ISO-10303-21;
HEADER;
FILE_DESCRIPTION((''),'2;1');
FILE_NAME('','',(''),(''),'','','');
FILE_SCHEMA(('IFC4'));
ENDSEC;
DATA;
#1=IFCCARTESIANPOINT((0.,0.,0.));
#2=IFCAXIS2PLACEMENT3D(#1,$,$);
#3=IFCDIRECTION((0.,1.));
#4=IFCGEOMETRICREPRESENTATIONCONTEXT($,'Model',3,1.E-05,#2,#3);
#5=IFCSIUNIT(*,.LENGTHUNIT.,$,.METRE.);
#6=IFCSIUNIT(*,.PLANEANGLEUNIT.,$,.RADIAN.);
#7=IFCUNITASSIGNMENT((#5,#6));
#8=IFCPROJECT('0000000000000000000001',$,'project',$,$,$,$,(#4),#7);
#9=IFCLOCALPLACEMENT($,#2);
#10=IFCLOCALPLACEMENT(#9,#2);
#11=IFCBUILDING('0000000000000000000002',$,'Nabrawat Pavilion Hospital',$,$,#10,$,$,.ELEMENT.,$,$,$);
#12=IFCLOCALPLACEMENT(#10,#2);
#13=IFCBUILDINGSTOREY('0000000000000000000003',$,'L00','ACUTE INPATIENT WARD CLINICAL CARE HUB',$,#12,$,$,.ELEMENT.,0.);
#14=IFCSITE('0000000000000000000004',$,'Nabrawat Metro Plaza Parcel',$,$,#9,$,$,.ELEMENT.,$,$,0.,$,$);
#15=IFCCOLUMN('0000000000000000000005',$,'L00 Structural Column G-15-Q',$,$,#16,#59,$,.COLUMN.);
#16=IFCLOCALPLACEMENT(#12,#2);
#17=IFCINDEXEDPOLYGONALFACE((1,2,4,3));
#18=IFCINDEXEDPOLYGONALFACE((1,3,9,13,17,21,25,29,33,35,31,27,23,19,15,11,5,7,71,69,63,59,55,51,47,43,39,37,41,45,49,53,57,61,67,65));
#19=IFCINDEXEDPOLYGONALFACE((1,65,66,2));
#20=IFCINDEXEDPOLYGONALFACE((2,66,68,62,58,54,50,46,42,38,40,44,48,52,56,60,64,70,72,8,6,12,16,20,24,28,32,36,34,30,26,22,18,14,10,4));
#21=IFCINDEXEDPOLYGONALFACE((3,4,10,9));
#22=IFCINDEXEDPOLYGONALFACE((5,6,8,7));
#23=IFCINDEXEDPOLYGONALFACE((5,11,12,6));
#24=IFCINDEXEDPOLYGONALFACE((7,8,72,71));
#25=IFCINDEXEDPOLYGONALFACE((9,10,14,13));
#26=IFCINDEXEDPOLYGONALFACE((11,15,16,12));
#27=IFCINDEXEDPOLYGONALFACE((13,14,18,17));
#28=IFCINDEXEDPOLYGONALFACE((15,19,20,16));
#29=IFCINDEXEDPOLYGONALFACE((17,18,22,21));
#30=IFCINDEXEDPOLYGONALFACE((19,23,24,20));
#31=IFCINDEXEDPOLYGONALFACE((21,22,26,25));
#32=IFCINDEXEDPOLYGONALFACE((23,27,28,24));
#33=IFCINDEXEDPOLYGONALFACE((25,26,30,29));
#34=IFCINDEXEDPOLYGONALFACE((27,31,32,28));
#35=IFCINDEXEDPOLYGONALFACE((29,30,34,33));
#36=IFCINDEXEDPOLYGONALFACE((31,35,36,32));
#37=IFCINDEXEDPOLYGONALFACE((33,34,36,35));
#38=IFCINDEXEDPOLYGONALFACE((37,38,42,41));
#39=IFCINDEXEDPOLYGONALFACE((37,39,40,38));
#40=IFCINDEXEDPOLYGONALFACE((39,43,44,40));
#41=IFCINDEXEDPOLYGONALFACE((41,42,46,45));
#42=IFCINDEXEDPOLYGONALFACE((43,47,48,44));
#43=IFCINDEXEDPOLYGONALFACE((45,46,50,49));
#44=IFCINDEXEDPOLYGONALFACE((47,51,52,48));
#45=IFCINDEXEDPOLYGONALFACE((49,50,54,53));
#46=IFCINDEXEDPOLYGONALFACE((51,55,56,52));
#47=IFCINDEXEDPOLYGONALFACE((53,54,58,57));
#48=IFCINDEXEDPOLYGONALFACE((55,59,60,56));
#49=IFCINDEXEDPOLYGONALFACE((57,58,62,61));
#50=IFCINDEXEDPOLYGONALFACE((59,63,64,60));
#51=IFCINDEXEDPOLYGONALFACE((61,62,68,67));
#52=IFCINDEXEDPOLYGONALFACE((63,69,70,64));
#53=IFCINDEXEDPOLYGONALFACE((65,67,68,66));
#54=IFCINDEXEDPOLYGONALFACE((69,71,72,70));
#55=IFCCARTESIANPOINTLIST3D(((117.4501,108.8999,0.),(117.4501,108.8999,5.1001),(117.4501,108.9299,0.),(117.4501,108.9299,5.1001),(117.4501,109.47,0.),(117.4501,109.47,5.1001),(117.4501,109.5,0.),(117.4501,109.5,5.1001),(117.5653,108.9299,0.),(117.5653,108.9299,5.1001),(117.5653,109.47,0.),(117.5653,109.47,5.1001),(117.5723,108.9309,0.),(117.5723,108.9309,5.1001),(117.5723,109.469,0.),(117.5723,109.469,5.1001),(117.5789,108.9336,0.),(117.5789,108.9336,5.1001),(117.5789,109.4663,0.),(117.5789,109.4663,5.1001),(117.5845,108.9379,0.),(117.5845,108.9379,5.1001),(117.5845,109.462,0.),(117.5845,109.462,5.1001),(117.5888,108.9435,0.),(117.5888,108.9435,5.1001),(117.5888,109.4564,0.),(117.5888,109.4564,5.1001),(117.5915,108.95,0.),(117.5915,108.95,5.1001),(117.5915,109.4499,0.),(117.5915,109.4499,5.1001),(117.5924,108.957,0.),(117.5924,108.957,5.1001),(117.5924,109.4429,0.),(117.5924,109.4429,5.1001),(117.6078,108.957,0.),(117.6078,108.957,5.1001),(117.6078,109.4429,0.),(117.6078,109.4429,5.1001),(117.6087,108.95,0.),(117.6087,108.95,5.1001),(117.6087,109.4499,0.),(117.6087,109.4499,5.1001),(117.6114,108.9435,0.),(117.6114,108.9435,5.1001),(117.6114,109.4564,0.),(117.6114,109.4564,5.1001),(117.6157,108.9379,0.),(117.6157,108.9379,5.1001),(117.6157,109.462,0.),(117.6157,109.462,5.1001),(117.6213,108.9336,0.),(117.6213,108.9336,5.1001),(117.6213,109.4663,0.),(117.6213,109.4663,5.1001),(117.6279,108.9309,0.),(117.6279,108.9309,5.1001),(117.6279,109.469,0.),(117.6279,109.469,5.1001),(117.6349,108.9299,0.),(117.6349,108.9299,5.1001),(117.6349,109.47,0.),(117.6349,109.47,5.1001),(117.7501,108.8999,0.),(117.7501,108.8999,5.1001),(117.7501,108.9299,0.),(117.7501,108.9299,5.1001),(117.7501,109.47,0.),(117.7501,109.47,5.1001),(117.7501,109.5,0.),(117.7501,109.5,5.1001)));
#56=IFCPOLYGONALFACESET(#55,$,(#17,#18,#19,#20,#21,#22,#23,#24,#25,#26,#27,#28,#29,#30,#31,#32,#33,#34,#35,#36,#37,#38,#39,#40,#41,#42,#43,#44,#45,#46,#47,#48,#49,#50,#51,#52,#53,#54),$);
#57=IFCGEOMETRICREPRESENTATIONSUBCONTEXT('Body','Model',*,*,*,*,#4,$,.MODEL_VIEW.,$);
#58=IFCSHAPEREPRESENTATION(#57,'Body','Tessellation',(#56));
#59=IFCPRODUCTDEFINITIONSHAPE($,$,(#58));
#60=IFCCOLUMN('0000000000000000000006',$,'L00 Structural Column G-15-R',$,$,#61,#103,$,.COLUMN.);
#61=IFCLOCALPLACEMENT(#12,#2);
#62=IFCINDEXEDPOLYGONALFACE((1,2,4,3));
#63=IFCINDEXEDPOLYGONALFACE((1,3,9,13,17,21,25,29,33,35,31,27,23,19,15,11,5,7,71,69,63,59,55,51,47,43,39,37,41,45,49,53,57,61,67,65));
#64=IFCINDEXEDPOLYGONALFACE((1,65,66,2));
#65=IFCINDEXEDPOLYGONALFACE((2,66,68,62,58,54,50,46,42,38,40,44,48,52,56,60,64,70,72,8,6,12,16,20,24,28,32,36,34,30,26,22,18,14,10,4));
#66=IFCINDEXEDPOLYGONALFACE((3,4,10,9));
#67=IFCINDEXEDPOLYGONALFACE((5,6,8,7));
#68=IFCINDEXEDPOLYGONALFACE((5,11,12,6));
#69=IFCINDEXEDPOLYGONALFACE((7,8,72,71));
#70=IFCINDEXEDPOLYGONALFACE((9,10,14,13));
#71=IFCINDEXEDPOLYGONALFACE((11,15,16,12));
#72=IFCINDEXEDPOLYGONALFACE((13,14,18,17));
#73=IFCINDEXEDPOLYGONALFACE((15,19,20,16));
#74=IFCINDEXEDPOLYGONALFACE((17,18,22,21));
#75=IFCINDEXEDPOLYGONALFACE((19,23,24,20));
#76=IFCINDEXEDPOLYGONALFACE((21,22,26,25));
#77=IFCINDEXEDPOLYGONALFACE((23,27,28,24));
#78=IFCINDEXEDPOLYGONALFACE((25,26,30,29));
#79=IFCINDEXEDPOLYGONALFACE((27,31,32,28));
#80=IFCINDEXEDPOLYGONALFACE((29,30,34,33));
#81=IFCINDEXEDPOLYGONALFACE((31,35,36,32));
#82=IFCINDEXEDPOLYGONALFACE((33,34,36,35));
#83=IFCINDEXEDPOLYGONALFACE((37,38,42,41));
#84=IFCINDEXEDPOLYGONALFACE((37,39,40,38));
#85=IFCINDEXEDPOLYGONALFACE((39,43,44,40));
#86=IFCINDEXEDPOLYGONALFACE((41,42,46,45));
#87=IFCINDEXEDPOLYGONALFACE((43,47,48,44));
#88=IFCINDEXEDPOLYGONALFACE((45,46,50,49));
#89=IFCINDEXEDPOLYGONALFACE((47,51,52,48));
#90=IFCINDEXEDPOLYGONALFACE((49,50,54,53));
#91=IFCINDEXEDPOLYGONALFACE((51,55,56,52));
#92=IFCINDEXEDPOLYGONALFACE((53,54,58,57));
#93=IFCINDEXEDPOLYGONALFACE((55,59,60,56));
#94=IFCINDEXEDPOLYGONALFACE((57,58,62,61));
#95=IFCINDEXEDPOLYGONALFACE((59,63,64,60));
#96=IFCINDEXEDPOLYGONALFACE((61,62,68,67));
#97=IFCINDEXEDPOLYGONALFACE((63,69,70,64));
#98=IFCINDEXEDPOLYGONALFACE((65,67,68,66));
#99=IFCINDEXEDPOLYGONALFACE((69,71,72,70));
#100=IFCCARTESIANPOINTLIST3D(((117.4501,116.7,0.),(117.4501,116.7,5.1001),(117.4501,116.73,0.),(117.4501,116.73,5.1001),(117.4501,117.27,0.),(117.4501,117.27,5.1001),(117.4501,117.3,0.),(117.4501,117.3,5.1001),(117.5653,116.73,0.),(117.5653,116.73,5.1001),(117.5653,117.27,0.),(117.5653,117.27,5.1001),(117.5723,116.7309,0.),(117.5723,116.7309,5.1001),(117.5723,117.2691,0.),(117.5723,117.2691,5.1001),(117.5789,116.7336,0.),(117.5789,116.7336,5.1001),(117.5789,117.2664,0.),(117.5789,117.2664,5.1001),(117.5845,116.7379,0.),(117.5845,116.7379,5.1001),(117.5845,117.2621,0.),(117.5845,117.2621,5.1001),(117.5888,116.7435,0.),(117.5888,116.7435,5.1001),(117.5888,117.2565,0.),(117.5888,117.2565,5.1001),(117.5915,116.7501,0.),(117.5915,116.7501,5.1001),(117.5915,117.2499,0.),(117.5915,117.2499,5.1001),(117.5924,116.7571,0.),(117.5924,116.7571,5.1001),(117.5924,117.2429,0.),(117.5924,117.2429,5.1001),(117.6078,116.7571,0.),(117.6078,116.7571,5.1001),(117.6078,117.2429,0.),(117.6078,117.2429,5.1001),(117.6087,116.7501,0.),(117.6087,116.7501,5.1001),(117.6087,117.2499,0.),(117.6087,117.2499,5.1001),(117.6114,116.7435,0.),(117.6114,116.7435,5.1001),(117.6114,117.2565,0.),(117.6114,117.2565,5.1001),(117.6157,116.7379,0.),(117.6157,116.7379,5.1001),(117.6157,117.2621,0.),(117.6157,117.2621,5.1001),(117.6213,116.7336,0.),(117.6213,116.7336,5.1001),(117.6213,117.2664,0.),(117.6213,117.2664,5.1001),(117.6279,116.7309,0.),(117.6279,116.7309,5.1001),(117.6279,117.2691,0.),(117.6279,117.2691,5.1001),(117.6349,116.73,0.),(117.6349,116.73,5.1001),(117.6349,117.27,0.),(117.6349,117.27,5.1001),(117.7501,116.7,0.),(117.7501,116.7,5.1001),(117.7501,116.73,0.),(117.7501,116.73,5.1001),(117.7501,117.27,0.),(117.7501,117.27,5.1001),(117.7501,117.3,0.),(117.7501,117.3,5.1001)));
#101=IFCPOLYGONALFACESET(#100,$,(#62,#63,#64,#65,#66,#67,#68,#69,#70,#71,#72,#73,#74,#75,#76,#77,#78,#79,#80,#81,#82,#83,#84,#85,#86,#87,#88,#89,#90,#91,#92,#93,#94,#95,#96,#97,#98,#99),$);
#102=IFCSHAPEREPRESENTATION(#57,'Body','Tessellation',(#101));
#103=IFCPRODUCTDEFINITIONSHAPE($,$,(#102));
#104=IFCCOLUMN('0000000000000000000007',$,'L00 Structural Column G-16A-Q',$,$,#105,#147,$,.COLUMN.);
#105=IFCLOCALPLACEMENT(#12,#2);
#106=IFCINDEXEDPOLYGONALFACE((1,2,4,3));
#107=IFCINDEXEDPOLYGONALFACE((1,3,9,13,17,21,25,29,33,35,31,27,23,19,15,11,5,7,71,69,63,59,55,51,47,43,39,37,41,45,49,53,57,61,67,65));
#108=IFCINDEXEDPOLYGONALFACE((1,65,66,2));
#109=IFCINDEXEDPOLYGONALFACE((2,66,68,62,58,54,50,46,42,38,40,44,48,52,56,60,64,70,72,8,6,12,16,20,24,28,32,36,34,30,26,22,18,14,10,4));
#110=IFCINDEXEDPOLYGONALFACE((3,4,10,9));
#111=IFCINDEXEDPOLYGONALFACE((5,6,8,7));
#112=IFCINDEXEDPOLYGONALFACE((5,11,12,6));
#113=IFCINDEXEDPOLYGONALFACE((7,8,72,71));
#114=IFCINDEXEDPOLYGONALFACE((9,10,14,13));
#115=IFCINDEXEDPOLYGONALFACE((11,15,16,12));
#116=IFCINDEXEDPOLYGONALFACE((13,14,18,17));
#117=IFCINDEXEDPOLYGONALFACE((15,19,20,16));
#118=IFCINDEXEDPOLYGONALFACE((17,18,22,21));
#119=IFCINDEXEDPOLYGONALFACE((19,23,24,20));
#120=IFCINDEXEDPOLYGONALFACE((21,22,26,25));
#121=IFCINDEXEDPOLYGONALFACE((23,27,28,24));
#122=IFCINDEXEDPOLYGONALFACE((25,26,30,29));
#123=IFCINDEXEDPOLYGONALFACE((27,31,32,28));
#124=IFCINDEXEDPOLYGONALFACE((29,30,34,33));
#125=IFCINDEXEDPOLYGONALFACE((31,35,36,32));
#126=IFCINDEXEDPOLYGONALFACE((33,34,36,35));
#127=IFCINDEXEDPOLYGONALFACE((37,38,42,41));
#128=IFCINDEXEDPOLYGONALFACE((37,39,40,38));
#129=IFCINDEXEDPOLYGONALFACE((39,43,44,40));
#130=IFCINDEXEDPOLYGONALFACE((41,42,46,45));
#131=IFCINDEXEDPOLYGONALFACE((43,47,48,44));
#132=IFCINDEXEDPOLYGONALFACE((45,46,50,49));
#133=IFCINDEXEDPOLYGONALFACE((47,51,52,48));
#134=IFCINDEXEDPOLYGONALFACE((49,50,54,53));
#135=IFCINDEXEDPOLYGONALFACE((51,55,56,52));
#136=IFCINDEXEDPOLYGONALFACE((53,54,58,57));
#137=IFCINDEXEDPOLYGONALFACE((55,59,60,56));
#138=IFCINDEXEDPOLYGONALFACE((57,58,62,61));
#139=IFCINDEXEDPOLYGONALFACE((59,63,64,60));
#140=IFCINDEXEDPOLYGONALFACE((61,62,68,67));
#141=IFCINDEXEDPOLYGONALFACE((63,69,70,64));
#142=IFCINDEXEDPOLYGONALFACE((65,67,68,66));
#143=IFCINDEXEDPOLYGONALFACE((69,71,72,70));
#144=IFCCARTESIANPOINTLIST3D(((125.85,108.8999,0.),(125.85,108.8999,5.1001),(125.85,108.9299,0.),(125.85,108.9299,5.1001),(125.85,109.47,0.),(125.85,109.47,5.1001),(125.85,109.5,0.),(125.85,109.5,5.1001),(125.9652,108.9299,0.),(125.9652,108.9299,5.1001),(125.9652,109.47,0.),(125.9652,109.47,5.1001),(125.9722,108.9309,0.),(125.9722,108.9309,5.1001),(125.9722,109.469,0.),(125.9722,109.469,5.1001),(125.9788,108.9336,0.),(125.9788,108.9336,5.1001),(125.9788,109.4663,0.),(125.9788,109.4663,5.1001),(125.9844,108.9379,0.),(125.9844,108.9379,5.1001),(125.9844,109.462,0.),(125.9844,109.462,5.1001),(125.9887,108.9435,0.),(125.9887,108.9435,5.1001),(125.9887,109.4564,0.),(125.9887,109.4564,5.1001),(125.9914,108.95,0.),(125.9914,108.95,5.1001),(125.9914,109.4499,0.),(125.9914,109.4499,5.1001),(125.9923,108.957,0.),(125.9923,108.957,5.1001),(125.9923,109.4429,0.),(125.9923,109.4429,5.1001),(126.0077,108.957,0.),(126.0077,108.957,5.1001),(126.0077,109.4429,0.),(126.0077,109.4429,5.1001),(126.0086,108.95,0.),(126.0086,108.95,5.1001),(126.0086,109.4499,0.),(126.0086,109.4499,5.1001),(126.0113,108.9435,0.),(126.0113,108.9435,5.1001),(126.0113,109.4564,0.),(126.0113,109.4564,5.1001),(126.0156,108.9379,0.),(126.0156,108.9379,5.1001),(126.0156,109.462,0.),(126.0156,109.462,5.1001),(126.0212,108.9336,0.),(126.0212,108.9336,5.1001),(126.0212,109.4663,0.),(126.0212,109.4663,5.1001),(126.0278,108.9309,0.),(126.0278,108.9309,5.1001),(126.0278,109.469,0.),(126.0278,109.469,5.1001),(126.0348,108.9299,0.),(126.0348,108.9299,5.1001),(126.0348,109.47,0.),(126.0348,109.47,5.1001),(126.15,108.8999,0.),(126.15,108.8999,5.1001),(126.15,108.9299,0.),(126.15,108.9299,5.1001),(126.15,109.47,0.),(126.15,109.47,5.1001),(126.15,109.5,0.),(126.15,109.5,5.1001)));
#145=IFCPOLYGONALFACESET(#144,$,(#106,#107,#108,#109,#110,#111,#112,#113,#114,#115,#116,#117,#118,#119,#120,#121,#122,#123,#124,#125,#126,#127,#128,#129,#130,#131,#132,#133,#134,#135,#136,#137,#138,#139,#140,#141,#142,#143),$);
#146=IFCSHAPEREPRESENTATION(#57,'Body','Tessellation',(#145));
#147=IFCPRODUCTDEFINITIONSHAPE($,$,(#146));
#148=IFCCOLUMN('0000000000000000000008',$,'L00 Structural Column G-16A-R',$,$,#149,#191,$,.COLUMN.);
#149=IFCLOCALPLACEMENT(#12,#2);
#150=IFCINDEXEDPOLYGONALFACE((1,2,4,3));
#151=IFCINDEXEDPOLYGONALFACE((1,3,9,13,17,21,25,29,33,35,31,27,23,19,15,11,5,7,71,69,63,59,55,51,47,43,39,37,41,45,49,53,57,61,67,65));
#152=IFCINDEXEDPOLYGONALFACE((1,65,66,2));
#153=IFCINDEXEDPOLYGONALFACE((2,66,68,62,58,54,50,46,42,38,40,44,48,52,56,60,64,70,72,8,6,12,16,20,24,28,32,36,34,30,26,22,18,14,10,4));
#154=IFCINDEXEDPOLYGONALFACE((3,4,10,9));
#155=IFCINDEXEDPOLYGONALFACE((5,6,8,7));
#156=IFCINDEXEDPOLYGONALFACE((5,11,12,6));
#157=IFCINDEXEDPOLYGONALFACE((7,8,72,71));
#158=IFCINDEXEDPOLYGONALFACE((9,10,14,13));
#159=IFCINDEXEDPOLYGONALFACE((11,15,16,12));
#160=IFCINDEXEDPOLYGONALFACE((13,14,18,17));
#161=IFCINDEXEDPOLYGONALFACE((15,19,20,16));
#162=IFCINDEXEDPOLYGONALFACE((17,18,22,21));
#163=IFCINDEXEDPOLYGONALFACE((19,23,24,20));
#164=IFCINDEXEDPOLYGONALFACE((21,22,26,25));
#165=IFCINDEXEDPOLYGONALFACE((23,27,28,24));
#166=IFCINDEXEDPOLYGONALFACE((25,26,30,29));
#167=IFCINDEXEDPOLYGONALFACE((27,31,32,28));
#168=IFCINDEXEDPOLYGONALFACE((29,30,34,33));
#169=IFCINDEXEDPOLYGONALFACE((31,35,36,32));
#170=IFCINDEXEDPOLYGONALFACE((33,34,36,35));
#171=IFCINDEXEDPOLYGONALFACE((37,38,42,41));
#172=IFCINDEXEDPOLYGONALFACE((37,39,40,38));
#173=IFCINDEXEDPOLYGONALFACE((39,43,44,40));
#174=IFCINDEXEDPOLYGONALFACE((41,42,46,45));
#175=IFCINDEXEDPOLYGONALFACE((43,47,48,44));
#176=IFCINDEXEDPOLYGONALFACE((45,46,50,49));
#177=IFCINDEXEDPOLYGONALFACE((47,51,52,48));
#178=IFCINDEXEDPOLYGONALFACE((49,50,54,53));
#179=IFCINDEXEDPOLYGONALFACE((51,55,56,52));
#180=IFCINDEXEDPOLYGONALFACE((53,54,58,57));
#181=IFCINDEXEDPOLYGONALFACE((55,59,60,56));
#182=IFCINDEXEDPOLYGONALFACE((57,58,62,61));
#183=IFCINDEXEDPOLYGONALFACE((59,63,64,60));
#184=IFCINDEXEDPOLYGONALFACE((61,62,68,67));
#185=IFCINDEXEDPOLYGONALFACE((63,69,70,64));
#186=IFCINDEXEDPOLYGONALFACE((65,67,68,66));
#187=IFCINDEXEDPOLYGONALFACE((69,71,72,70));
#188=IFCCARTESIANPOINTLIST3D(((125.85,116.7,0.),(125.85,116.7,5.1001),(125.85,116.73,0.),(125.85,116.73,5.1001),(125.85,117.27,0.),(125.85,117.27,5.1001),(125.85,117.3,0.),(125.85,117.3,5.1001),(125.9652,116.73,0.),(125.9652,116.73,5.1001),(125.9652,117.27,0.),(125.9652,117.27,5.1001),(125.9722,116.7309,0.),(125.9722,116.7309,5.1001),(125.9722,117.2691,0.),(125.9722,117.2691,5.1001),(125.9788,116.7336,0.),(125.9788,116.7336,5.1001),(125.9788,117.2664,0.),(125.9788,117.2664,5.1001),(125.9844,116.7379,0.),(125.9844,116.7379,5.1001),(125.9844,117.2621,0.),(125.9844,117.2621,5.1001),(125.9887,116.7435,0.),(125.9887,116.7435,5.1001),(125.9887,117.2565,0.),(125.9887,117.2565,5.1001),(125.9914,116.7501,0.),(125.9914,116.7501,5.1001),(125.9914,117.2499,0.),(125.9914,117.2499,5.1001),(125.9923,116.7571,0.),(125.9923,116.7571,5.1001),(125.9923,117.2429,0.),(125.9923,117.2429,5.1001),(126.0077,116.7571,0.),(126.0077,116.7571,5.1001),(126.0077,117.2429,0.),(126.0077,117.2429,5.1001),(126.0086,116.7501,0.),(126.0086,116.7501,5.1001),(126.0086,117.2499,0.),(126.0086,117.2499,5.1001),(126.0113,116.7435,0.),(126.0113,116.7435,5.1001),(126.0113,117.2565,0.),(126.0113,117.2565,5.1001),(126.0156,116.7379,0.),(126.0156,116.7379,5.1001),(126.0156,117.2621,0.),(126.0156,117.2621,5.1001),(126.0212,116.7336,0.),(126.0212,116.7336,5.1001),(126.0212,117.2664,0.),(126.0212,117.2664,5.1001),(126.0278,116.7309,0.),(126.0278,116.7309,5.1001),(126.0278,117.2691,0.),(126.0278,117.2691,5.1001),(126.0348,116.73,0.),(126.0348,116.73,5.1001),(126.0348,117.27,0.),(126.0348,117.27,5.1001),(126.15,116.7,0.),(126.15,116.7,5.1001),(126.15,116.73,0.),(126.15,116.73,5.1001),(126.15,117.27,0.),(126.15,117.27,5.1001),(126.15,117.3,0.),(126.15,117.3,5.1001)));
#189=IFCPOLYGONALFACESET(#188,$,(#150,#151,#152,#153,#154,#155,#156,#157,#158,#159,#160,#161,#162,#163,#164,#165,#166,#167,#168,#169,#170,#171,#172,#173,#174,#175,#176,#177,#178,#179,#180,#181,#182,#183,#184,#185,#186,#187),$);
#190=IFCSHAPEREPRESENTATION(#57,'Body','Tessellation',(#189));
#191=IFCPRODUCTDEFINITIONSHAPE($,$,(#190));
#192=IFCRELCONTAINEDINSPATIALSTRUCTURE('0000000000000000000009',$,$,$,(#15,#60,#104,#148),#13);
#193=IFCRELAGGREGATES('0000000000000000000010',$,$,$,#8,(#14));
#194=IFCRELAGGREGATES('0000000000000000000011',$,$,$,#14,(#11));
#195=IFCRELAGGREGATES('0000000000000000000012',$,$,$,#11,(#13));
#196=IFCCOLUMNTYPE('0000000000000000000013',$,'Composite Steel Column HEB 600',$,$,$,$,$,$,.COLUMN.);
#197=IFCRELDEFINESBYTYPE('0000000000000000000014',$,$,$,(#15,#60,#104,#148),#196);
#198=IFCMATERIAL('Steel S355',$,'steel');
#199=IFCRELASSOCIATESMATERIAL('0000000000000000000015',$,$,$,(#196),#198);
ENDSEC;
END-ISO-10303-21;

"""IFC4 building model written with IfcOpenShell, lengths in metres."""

from ifc_helpers import new_model, si_unit, direction, frame, origin, origin_2d, place, context, subcontext, project, spatial, i_section, extrude, material, material_profile, profile_set, type_object, element, save


model = new_model("IFC4")

# Units and contexts
model_context = context("Model", 3, precision=1e-05, world=origin(), true_north=direction((0.0, 1.0)))
body_context = subcontext(model_context, "Body", "Model", "MODEL_VIEW")
ifc_project = project(units=[si_unit("LENGTHUNIT", "METRE"), si_unit("PLANEANGLEUNIT", "RADIAN")], contexts=[model_context])

# Site, building, storey
site_placement = place(None, origin())
site = spatial("IfcSite", under=ifc_project, at=site_placement, Name="Nabrawat Metro Plaza Parcel", CompositionType="ELEMENT", RefElevation=0.0)
building_placement = place(site_placement, origin())
building = spatial("IfcBuilding", under=site, at=building_placement, Name="Nabrawat Pavilion Hospital", CompositionType="ELEMENT")
storey_placement = place(building_placement, origin())
storey = spatial("IfcBuildingStorey", under=building, at=storey_placement, Name="L00", Description="ACUTE INPATIENT WARD CLINICAL CARE HUB", CompositionType="ELEMENT", Elevation=0.0)

# Columns
ifc_material_1 = material(Name="Steel S355", Category="steel")
ifc_material_profile_1 = material_profile(ifc_material_1, i_section(OverallWidth=0.3, OverallDepth=0.6001, WebThickness=0.0154, FlangeThickness=0.03, FilletRadius=0.0271, at=origin_2d()), Name="HEB 600")
ifc_profile_set_1 = profile_set([ifc_material_profile_1], Name="Steel S355")
column_type_1 = type_object("IfcColumnType", Name="Composite Steel Column HEB 600", PredefinedType="COLUMN", material=ifc_profile_set_1)
for number, where, z_axis, x_axis, name in (
    (1, (117.6001, 109.2, 0.0), (0.0, 0.0, 1.0), (1.0, 0.0, 0.0), "L00 Structural Column G-15-Q"),
    (2, (117.6001, 117.0, 0.0), (0.0, 0.0, 1.0), (1.0, 0.0, 0.0), "L00 Structural Column G-15-R"),
    (3, (126.0, 109.2, 0.0), (0.0, 0.0, 1.0), (1.0, 0.0, 0.0), "L00 Structural Column G-16A-Q"),
    (4, (126.0, 117.0, 0.0), (0.0, 0.0, 1.0), (1.0, 0.0, 0.0), "L00 Structural Column G-16A-R"),
):
    element("IfcColumn", number, at=place(storey_placement, frame(where, z_axis=z_axis, x_axis=x_axis)), inside=storey, type_object=column_type_1, Name=name, PredefinedType="COLUMN", context=body_context, shape_type="SweptSolid", body=[
        extrude(i_section(OverallWidth=0.3, OverallDepth=0.6001, WebThickness=0.0154, FlangeThickness=0.03, FilletRadius=0.0271, at=origin_2d()), origin(), (0.0, 0.0, 1.0), 5.1001),
    ])

save(model, "model.ifc")
